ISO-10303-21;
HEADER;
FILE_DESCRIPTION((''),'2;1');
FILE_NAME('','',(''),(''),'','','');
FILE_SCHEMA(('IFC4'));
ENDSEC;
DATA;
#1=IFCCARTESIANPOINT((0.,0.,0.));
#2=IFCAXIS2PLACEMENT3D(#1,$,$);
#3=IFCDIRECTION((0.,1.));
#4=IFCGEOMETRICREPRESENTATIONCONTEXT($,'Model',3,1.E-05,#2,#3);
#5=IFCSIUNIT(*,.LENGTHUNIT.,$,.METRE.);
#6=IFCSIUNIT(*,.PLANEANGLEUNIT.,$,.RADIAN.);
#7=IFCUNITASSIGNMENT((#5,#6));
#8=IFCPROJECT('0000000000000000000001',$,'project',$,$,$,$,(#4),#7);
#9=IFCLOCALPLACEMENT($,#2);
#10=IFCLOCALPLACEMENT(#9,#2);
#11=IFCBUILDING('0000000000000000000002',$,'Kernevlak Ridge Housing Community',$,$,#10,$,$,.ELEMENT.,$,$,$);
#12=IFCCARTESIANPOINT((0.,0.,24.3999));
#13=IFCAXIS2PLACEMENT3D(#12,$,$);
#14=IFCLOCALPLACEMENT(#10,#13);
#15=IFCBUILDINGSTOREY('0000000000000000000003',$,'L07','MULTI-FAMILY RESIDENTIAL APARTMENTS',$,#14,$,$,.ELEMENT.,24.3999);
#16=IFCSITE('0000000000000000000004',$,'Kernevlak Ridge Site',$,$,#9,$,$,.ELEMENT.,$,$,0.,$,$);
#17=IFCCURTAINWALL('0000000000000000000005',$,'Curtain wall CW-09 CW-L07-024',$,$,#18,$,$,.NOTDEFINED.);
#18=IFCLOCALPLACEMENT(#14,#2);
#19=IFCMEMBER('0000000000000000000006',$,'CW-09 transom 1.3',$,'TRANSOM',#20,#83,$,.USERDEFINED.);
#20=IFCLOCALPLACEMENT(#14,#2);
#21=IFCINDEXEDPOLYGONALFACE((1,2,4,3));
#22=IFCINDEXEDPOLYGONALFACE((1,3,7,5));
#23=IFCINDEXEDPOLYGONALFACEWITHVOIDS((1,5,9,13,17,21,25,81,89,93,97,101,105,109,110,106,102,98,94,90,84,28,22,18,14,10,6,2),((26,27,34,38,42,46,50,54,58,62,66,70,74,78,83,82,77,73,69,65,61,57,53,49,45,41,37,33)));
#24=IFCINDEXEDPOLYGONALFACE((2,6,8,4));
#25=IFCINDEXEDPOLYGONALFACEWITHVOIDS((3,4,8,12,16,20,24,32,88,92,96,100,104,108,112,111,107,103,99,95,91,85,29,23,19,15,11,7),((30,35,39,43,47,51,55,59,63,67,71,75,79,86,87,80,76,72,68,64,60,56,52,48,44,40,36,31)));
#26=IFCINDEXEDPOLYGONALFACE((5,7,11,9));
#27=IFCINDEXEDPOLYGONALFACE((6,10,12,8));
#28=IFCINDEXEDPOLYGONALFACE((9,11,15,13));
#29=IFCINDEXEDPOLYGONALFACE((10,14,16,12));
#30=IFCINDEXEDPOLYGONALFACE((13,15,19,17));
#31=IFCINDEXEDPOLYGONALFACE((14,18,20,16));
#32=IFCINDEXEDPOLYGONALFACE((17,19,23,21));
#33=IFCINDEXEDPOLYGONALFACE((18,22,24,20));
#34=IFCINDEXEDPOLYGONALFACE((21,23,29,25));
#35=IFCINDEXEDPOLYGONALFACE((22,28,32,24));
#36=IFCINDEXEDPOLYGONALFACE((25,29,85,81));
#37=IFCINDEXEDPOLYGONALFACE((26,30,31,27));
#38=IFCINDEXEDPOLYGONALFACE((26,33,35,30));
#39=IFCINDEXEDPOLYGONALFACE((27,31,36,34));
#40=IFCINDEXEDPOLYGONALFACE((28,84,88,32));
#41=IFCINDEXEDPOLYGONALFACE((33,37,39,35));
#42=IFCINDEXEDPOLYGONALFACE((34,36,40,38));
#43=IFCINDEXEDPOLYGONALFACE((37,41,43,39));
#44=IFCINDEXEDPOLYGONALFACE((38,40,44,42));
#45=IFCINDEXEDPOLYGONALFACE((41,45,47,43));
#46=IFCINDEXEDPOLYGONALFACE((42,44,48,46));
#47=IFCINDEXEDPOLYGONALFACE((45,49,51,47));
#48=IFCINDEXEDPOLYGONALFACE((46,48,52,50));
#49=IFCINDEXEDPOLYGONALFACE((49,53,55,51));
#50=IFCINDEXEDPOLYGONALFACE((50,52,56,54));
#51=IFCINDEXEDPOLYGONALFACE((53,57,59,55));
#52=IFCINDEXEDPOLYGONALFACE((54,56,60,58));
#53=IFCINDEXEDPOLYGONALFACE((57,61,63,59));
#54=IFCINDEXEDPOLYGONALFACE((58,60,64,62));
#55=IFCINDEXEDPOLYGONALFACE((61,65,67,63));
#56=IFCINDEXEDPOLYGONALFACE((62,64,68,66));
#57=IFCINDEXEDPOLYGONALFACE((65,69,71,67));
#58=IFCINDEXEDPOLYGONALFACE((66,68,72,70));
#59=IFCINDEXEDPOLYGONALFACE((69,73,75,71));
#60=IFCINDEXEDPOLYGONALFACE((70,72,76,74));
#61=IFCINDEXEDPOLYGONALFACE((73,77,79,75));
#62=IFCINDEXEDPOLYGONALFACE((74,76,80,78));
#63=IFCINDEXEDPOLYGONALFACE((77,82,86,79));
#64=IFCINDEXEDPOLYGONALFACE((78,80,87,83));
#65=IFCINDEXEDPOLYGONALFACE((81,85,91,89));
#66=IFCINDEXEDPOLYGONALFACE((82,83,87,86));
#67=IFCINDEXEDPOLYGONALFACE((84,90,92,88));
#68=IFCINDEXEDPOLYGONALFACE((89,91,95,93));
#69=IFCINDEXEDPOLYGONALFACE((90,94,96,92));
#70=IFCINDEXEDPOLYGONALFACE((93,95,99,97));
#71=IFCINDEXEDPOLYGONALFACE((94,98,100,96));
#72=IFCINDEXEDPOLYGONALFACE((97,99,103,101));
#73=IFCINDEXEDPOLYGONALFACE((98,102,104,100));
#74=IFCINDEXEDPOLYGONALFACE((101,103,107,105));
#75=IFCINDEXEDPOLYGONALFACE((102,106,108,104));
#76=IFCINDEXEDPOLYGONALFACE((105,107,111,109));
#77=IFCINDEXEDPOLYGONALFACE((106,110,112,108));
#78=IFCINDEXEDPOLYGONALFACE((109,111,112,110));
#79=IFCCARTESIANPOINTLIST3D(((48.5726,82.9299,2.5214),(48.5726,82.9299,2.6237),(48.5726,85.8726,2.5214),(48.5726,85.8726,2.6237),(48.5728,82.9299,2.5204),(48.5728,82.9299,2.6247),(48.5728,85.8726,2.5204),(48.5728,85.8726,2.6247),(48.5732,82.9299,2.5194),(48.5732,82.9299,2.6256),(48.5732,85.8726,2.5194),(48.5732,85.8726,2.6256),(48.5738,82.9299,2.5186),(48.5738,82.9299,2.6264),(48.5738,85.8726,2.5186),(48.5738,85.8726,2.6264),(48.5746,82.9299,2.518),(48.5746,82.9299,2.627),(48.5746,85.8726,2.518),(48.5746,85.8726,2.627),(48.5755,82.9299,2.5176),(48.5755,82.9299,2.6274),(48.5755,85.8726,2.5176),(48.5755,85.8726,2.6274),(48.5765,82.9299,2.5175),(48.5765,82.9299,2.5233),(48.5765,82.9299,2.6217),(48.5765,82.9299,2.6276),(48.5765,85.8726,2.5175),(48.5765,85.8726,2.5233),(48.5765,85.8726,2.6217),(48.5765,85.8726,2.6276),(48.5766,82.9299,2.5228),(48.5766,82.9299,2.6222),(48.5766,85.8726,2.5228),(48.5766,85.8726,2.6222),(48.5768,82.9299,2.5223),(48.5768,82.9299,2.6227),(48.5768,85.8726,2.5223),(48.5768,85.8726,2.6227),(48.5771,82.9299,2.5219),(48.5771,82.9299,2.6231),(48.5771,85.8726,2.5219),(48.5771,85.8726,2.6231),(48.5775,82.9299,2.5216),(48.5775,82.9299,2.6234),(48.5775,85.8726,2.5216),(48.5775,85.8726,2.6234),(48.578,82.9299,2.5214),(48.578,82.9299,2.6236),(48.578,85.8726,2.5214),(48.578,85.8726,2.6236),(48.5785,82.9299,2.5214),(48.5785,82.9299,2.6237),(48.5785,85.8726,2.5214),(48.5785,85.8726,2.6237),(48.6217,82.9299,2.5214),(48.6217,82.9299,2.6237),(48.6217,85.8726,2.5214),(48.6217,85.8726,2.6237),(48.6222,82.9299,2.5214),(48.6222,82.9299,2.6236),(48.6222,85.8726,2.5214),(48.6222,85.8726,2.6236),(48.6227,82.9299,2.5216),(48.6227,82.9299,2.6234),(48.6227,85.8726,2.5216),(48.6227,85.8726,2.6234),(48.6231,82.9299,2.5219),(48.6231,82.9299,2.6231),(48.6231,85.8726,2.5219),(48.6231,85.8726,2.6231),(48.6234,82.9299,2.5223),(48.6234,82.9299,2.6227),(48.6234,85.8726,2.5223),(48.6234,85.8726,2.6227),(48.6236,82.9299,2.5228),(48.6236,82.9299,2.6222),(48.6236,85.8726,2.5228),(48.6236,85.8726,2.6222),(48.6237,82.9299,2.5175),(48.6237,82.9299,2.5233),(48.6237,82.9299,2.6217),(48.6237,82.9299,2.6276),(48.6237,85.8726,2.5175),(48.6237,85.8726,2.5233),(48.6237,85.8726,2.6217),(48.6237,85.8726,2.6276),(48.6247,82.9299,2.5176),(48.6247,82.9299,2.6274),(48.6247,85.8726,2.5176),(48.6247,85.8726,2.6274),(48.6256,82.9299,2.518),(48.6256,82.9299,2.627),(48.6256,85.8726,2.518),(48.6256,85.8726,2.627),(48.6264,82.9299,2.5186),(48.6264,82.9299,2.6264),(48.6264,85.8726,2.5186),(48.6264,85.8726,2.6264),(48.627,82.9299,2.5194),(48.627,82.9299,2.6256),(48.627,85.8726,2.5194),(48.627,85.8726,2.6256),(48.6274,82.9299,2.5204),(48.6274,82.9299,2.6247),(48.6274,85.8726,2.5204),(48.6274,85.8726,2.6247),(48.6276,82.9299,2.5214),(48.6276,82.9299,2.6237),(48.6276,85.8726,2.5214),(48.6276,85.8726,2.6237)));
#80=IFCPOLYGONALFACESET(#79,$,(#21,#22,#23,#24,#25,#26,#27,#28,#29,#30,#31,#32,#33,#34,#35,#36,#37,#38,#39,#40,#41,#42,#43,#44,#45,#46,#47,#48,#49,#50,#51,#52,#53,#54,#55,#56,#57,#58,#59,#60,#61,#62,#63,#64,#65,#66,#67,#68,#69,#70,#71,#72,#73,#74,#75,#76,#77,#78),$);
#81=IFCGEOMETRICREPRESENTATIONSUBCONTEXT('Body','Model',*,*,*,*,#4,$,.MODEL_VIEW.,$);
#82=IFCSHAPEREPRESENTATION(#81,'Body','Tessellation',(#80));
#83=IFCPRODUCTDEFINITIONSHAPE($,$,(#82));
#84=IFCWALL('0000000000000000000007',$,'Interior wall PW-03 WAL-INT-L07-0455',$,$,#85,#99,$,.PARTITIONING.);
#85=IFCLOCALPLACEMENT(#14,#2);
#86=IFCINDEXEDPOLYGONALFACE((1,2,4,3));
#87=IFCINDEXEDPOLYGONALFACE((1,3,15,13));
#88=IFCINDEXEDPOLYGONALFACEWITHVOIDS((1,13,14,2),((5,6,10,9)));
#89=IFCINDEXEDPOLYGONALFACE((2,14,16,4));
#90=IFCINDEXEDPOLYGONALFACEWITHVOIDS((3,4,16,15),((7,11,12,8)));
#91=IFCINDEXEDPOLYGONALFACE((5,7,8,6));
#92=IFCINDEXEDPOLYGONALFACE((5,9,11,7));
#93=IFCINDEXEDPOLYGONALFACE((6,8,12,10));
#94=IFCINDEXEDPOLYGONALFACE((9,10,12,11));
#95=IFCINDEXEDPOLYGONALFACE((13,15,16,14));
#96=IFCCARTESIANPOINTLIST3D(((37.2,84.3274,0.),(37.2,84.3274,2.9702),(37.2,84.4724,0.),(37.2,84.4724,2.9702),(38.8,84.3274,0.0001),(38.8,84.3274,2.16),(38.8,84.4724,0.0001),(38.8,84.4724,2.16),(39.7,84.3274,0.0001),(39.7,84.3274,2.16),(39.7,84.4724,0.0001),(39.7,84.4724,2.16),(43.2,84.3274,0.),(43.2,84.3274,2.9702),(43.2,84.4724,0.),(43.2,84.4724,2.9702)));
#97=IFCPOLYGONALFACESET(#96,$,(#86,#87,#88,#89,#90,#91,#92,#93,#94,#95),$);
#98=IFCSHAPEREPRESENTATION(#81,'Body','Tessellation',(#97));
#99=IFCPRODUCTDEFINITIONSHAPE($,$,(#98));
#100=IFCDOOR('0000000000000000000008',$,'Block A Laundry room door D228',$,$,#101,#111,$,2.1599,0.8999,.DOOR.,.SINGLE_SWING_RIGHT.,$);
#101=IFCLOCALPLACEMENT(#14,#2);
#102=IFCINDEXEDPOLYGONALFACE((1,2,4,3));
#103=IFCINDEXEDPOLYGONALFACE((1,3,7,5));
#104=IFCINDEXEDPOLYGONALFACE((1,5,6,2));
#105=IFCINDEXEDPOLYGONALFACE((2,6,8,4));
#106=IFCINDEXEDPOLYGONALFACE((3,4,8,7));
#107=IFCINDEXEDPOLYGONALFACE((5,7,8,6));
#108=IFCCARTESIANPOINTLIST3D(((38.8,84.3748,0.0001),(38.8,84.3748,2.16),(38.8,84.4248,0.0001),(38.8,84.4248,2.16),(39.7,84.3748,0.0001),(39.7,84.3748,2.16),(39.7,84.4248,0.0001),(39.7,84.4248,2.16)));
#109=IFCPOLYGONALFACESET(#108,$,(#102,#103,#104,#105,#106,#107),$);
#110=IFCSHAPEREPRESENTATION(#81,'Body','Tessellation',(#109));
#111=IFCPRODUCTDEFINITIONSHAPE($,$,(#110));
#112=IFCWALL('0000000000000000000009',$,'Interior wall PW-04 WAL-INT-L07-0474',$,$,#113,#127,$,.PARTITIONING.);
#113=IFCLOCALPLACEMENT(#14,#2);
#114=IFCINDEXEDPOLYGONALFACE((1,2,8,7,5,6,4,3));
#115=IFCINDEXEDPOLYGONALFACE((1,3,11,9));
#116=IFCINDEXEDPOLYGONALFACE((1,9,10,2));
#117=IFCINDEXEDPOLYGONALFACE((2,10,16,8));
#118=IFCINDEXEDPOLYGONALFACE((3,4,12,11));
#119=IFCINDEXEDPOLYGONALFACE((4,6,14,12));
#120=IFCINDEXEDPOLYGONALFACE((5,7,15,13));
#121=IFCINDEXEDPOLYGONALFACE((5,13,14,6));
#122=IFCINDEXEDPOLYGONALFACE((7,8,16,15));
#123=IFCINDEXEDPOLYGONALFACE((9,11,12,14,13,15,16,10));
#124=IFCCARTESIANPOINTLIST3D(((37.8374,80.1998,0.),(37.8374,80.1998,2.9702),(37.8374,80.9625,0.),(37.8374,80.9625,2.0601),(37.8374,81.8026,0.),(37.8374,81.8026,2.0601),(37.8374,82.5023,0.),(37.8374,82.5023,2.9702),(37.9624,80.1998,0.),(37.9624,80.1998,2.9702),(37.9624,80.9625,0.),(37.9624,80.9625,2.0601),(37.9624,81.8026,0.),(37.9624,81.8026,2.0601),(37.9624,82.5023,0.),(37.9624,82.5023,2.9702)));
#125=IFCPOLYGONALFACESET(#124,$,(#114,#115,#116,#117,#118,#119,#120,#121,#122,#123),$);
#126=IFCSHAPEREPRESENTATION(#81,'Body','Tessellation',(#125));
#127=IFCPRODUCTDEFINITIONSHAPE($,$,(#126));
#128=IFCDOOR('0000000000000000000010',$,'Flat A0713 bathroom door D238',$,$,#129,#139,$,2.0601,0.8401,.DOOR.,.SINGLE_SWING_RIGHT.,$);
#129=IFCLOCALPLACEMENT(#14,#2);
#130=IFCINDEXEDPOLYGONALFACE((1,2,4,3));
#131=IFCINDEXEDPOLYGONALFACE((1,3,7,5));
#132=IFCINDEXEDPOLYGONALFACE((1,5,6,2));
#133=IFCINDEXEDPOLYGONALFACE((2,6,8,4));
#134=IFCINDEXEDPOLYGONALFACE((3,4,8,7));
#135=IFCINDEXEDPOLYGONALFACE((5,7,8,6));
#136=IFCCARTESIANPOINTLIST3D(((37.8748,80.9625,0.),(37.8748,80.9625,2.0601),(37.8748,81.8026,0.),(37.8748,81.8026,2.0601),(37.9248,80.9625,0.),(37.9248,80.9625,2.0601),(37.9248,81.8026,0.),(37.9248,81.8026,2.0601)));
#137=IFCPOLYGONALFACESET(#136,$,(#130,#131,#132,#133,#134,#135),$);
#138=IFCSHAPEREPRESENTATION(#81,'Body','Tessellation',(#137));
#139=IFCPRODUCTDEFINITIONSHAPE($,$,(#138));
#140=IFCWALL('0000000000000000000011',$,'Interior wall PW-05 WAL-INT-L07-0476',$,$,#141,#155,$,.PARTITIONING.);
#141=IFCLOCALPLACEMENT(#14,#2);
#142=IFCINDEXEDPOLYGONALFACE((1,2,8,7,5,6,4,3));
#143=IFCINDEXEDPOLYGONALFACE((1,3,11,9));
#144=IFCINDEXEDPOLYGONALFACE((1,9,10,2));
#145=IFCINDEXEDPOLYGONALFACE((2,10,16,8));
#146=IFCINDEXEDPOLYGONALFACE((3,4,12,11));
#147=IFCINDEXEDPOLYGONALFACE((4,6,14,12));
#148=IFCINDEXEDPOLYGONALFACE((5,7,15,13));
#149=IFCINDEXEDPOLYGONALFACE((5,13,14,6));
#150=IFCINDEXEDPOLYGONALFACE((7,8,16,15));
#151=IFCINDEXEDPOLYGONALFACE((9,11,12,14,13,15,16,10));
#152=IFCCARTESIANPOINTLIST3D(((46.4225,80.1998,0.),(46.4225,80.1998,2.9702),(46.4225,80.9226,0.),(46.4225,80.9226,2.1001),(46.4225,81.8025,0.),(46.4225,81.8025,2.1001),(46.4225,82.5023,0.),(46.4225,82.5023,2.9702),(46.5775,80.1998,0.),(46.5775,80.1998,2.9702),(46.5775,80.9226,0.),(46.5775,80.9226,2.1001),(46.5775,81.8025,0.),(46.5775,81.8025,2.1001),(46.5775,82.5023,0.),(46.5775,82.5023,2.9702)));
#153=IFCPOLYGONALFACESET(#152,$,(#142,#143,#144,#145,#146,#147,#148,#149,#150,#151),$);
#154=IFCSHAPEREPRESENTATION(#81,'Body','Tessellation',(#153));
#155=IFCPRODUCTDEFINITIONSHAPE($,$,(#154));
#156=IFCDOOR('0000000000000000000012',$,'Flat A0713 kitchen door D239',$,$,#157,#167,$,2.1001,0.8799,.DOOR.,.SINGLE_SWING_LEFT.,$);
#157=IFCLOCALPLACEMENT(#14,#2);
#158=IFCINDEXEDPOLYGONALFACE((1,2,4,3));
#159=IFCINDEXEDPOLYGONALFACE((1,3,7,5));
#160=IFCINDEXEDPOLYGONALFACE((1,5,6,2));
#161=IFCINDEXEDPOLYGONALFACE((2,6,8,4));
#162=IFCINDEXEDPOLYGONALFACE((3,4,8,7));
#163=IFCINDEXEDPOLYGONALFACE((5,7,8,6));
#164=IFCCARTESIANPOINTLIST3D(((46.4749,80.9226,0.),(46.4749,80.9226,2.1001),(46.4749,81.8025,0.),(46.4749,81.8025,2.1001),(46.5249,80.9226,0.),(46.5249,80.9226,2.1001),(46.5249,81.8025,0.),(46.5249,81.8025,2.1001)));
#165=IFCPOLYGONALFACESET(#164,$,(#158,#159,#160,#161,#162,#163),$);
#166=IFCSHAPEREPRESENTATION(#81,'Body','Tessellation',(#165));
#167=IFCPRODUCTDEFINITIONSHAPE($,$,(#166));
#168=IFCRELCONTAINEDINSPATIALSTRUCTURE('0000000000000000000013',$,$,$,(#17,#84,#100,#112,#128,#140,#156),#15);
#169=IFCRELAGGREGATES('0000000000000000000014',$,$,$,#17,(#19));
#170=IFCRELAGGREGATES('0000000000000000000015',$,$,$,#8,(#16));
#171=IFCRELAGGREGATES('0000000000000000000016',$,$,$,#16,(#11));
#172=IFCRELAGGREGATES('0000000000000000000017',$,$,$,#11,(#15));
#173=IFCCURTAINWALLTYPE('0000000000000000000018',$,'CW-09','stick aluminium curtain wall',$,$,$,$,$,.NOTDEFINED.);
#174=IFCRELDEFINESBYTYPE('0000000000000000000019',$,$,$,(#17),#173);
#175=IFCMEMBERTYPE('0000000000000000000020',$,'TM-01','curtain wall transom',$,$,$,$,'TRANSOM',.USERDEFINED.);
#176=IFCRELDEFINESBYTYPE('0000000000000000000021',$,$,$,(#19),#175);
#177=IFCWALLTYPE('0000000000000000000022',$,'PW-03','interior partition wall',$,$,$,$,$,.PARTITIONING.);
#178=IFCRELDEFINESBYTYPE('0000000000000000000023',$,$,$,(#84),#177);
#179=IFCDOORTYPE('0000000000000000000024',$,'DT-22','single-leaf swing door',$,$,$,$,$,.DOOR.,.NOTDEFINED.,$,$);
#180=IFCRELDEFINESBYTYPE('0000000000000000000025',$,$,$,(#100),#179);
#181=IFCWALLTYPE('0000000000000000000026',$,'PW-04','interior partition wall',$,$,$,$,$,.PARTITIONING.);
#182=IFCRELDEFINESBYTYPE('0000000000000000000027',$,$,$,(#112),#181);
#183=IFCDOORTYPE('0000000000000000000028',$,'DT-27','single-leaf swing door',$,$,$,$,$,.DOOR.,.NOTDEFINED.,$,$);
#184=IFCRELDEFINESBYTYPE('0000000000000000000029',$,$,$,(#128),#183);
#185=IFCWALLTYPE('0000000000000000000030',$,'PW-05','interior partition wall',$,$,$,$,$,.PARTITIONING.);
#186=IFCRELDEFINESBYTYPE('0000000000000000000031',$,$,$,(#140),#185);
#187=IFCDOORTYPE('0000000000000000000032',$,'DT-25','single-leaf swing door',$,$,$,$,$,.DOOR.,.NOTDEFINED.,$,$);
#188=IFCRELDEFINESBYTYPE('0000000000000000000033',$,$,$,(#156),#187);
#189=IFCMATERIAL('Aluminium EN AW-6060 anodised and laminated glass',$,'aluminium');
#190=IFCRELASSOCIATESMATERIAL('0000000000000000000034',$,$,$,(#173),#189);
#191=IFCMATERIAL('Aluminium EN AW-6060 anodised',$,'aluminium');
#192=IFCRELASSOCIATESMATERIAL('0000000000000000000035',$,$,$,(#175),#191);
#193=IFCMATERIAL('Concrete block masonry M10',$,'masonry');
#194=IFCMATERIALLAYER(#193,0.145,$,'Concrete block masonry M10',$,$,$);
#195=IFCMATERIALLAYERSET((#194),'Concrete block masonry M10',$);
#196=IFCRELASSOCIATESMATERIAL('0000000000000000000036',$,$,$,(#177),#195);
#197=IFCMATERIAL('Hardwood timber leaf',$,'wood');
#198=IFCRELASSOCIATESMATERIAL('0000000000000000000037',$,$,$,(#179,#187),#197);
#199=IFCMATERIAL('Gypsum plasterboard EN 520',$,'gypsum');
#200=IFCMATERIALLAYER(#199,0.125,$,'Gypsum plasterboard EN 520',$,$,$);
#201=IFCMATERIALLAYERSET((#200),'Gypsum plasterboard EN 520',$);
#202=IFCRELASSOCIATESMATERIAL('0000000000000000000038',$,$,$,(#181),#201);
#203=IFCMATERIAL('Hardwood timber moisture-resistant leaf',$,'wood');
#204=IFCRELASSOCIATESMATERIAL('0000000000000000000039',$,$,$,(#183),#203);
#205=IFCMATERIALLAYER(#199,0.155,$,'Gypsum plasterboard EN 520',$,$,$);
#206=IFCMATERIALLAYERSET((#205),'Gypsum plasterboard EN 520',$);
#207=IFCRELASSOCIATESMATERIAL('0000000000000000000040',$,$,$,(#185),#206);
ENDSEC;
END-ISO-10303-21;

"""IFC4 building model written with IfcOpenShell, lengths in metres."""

from ifc_helpers import new_model, si_unit, direction, frame, frame_2d, origin, origin_2d, place, context, subcontext, project, spatial, rectangle, hollow_rectangle, extrude, material, layer, layer_set, material_profile, profile_set, type_object, element, fill, aggregate, save


model = new_model("IFC4")

# Units and contexts
model_context = context("Model", 3, precision=1e-05, world=origin(), true_north=direction((0.0, 1.0)))
body_context = subcontext(model_context, "Body", "Model", "MODEL_VIEW")
ifc_project = project(units=[si_unit("LENGTHUNIT", "METRE"), si_unit("PLANEANGLEUNIT", "RADIAN")], contexts=[model_context])

# Site, building, storey
site_placement = place(None, origin())
site = spatial("IfcSite", under=ifc_project, at=site_placement, Name="Kernevlak Ridge Site", CompositionType="ELEMENT", RefElevation=0.0)
building_placement = place(site_placement, origin())
building = spatial("IfcBuilding", under=site, at=building_placement, Name="Kernevlak Ridge Housing Community", CompositionType="ELEMENT")
storey_placement = place(building_placement, frame((0.0, 0.0, 24.3999)))
storey = spatial("IfcBuildingStorey", under=building, at=storey_placement, Name="L07", Description="MULTI-FAMILY RESIDENTIAL APARTMENTS", CompositionType="ELEMENT", Elevation=24.3999)

# Curtain wall
ifc_material_1 = material(Name="Aluminium EN AW-6060 anodised and laminated glass", Category="aluminium")
curtain_wall_type = type_object("IfcCurtainWallType", Name="CW-09", Description="stick aluminium curtain wall", PredefinedType="NOTDEFINED", material=ifc_material_1)
curtain_wall_placement = place(storey_placement, origin())
curtain_wall = element("IfcCurtainWall", 1, at=curtain_wall_placement, inside=storey, type_object=curtain_wall_type, Name="Curtain wall CW-09 CW-L07-024", PredefinedType="NOTDEFINED")
ifc_material_2 = material(Name="Aluminium EN AW-6060 anodised", Category="aluminium")

# Member
ifc_material_profile_1 = material_profile(ifc_material_2, hollow_rectangle(XDim=0.0549, YDim=0.1101, WallThickness=0.0039, InnerFilletRadius=0.002, OuterFilletRadius=0.0039, at=origin_2d()), Name="ALU 55x110x4")
ifc_profile_set_1 = profile_set([ifc_material_profile_1], Name="Aluminium EN AW-6060 anodised")
member_type_1 = type_object("IfcMemberType", Name="TM-01", Description="curtain wall transom", ElementType="TRANSOM", PredefinedType="USERDEFINED", material=ifc_profile_set_1)
member_1_placement = place(storey_placement, frame((48.6001, 82.9299, 2.5725), z_axis=(0.0, 1.0, 0.0), x_axis=(-1.0, 0.0, 0.0)))
member_1 = element("IfcMember", 2, at=member_1_placement, type_object=member_type_1, Name="CW-09 transom 1.3", ObjectType="TRANSOM", PredefinedType="USERDEFINED", context=body_context, shape_type="SweptSolid", body=[
    extrude(hollow_rectangle(XDim=0.0549, YDim=0.1101, WallThickness=0.0039, InnerFilletRadius=0.002, OuterFilletRadius=0.0039, at=origin_2d()), origin(), (0.0, 0.0, 1.0), 2.9426),
])
aggregate(curtain_wall, [member_1])

# Walls, openings, doors
ifc_material_3 = material(Name="Concrete block masonry M10", Category="masonry")
ifc_layer_1 = layer(ifc_material_3, 0.145, Name="Concrete block masonry M10")
ifc_layer_set_1 = layer_set([ifc_layer_1], Name="Concrete block masonry M10")
wall_type_1 = type_object("IfcWallType", Name="PW-03", Description="interior partition wall", PredefinedType="PARTITIONING", material=ifc_layer_set_1)
wall_1_placement = place(storey_placement, frame((37.2, 84.3999, 0.0), z_axis=(0.0, 0.0, 1.0), x_axis=(1.0, 0.0, 0.0)))
wall_1 = element("IfcWall", 3, at=wall_1_placement, inside=storey, type_object=wall_type_1, Name="Interior wall PW-03 WAL-INT-L07-0455", PredefinedType="PARTITIONING", context=body_context, shape_type="SweptSolid", body=[
    extrude(rectangle(XDim=6.0, YDim=0.145, at=frame_2d((3.0, 0.0))), origin(), (0.0, 0.0, 1.0), 2.9702),
])
opening_1_placement = place(wall_1_placement, frame((1.6001, 0.0, 0.0)))
opening_1 = element("IfcOpeningElement", 4, at=opening_1_placement, cuts=wall_1, PredefinedType="OPENING", context=body_context, shape_type="SweptSolid", body=[
    extrude(rectangle(XDim=0.8999, YDim=2.1599, at=frame_2d((0.45, 1.0801))), frame((0.0, 0.0825, 0.0), z_axis=(0.0, -1.0, 0.0), x_axis=(1.0, 0.0, 0.0)), (0.0, 0.0, 1.0), 0.165),
])
ifc_material_4 = material(Name="Hardwood timber leaf", Category="wood")
door_type_1 = type_object("IfcDoorType", Name="DT-22", Description="single-leaf swing door", OperationType="NOTDEFINED", PredefinedType="DOOR", material=ifc_material_4)
door_1_placement = place(opening_1_placement, origin())
door_1 = element("IfcDoor", 5, at=door_1_placement, inside=storey, type_object=door_type_1, Name="Block A Laundry room door D228", OperationType="SINGLE_SWING_RIGHT", OverallHeight=2.1599, OverallWidth=0.8999, PredefinedType="DOOR", context=body_context, shape_type="SweptSolid", body=[
    extrude(rectangle(XDim=0.8999, YDim=2.1599, at=frame_2d((0.45, 1.0801))), frame((0.0, 0.0249, 0.0), z_axis=(0.0, -1.0, 0.0), x_axis=(1.0, 0.0, 0.0)), (0.0, 0.0, 1.0), 0.05),
])
fill(opening_1, door_1)
ifc_material_5 = material(Name="Gypsum plasterboard EN 520", Category="gypsum")
ifc_layer_2 = layer(ifc_material_5, 0.125, Name="Gypsum plasterboard EN 520")
ifc_layer_set_2 = layer_set([ifc_layer_2], Name="Gypsum plasterboard EN 520")
wall_type_2 = type_object("IfcWallType", Name="PW-04", Description="interior partition wall", PredefinedType="PARTITIONING", material=ifc_layer_set_2)
wall_2_placement = place(storey_placement, frame((37.8999, 82.5024, 0.0), z_axis=(0.0, 0.0, 1.0), x_axis=(0.0, -1.0, 0.0)))
wall_2 = element("IfcWall", 6, at=wall_2_placement, inside=storey, type_object=wall_type_2, Name="Interior wall PW-04 WAL-INT-L07-0474", PredefinedType="PARTITIONING", context=body_context, shape_type="SweptSolid", body=[
    extrude(rectangle(XDim=2.3025, YDim=0.125, at=frame_2d((1.1514, 0.0))), origin(), (0.0, 0.0, 1.0), 2.9702),
])
opening_2_placement = place(wall_2_placement, frame((0.7, 0.0, 0.0)))
opening_2 = element("IfcOpeningElement", 7, at=opening_2_placement, cuts=wall_2, PredefinedType="OPENING", context=body_context, shape_type="SweptSolid", body=[
    extrude(rectangle(XDim=0.8401, YDim=2.0601, at=frame_2d((0.4199, 1.03))), frame((0.0, 0.0725, 0.0), z_axis=(0.0, -1.0, 0.0), x_axis=(1.0, 0.0, 0.0)), (0.0, 0.0, 1.0), 0.145),
])
ifc_material_6 = material(Name="Hardwood timber moisture-resistant leaf", Category="wood")
door_type_2 = type_object("IfcDoorType", Name="DT-27", Description="single-leaf swing door", OperationType="NOTDEFINED", PredefinedType="DOOR", material=ifc_material_6)
door_2_placement = place(opening_2_placement, origin())
door_2 = element("IfcDoor", 8, at=door_2_placement, inside=storey, type_object=door_type_2, Name="Flat A0713 bathroom door D238", OperationType="SINGLE_SWING_RIGHT", OverallHeight=2.0601, OverallWidth=0.8401, PredefinedType="DOOR", context=body_context, shape_type="SweptSolid", body=[
    extrude(rectangle(XDim=0.8401, YDim=2.0601, at=frame_2d((0.4199, 1.03))), frame((0.0, 0.0249, 0.0), z_axis=(0.0, -1.0, 0.0), x_axis=(1.0, 0.0, 0.0)), (0.0, 0.0, 1.0), 0.05),
])
fill(opening_2, door_2)
ifc_layer_3 = layer(ifc_material_5, 0.155, Name="Gypsum plasterboard EN 520")
ifc_layer_set_3 = layer_set([ifc_layer_3], Name="Gypsum plasterboard EN 520")
wall_type_3 = type_object("IfcWallType", Name="PW-05", Description="interior partition wall", PredefinedType="PARTITIONING", material=ifc_layer_set_3)
wall_3_placement = place(storey_placement, frame((46.5, 82.5024, 0.0), z_axis=(0.0, 0.0, 1.0), x_axis=(0.0, -1.0, 0.0)))
wall_3 = element("IfcWall", 9, at=wall_3_placement, inside=storey, type_object=wall_type_3, Name="Interior wall PW-05 WAL-INT-L07-0476", PredefinedType="PARTITIONING", context=body_context, shape_type="SweptSolid", body=[
    extrude(rectangle(XDim=2.3025, YDim=0.155, at=frame_2d((1.1514, 0.0))), origin(), (0.0, 0.0, 1.0), 2.9702),
])
opening_3_placement = place(wall_3_placement, frame((0.7, 0.0, 0.0)))
opening_3 = element("IfcOpeningElement", 10, at=opening_3_placement, cuts=wall_3, PredefinedType="OPENING", context=body_context, shape_type="SweptSolid", body=[
    extrude(rectangle(XDim=0.8799, YDim=2.1001, at=frame_2d((0.4399, 1.05))), frame((0.0, 0.0874, 0.0), z_axis=(0.0, -1.0, 0.0), x_axis=(1.0, 0.0, 0.0)), (0.0, 0.0, 1.0), 0.175),
])
door_type_3 = type_object("IfcDoorType", Name="DT-25", Description="single-leaf swing door", OperationType="NOTDEFINED", PredefinedType="DOOR", material=ifc_material_4)
door_3_placement = place(opening_3_placement, origin())
door_3 = element("IfcDoor", 11, at=door_3_placement, inside=storey, type_object=door_type_3, Name="Flat A0713 kitchen door D239", OperationType="SINGLE_SWING_LEFT", OverallHeight=2.1001, OverallWidth=0.8799, PredefinedType="DOOR", context=body_context, shape_type="SweptSolid", body=[
    extrude(rectangle(XDim=0.8799, YDim=2.1001, at=frame_2d((0.4399, 1.05))), frame((0.0, 0.0249, 0.0), z_axis=(0.0, -1.0, 0.0), x_axis=(1.0, 0.0, 0.0)), (0.0, 0.0, 1.0), 0.05),
])
fill(opening_3, door_3)

save(model, "model.ifc")
